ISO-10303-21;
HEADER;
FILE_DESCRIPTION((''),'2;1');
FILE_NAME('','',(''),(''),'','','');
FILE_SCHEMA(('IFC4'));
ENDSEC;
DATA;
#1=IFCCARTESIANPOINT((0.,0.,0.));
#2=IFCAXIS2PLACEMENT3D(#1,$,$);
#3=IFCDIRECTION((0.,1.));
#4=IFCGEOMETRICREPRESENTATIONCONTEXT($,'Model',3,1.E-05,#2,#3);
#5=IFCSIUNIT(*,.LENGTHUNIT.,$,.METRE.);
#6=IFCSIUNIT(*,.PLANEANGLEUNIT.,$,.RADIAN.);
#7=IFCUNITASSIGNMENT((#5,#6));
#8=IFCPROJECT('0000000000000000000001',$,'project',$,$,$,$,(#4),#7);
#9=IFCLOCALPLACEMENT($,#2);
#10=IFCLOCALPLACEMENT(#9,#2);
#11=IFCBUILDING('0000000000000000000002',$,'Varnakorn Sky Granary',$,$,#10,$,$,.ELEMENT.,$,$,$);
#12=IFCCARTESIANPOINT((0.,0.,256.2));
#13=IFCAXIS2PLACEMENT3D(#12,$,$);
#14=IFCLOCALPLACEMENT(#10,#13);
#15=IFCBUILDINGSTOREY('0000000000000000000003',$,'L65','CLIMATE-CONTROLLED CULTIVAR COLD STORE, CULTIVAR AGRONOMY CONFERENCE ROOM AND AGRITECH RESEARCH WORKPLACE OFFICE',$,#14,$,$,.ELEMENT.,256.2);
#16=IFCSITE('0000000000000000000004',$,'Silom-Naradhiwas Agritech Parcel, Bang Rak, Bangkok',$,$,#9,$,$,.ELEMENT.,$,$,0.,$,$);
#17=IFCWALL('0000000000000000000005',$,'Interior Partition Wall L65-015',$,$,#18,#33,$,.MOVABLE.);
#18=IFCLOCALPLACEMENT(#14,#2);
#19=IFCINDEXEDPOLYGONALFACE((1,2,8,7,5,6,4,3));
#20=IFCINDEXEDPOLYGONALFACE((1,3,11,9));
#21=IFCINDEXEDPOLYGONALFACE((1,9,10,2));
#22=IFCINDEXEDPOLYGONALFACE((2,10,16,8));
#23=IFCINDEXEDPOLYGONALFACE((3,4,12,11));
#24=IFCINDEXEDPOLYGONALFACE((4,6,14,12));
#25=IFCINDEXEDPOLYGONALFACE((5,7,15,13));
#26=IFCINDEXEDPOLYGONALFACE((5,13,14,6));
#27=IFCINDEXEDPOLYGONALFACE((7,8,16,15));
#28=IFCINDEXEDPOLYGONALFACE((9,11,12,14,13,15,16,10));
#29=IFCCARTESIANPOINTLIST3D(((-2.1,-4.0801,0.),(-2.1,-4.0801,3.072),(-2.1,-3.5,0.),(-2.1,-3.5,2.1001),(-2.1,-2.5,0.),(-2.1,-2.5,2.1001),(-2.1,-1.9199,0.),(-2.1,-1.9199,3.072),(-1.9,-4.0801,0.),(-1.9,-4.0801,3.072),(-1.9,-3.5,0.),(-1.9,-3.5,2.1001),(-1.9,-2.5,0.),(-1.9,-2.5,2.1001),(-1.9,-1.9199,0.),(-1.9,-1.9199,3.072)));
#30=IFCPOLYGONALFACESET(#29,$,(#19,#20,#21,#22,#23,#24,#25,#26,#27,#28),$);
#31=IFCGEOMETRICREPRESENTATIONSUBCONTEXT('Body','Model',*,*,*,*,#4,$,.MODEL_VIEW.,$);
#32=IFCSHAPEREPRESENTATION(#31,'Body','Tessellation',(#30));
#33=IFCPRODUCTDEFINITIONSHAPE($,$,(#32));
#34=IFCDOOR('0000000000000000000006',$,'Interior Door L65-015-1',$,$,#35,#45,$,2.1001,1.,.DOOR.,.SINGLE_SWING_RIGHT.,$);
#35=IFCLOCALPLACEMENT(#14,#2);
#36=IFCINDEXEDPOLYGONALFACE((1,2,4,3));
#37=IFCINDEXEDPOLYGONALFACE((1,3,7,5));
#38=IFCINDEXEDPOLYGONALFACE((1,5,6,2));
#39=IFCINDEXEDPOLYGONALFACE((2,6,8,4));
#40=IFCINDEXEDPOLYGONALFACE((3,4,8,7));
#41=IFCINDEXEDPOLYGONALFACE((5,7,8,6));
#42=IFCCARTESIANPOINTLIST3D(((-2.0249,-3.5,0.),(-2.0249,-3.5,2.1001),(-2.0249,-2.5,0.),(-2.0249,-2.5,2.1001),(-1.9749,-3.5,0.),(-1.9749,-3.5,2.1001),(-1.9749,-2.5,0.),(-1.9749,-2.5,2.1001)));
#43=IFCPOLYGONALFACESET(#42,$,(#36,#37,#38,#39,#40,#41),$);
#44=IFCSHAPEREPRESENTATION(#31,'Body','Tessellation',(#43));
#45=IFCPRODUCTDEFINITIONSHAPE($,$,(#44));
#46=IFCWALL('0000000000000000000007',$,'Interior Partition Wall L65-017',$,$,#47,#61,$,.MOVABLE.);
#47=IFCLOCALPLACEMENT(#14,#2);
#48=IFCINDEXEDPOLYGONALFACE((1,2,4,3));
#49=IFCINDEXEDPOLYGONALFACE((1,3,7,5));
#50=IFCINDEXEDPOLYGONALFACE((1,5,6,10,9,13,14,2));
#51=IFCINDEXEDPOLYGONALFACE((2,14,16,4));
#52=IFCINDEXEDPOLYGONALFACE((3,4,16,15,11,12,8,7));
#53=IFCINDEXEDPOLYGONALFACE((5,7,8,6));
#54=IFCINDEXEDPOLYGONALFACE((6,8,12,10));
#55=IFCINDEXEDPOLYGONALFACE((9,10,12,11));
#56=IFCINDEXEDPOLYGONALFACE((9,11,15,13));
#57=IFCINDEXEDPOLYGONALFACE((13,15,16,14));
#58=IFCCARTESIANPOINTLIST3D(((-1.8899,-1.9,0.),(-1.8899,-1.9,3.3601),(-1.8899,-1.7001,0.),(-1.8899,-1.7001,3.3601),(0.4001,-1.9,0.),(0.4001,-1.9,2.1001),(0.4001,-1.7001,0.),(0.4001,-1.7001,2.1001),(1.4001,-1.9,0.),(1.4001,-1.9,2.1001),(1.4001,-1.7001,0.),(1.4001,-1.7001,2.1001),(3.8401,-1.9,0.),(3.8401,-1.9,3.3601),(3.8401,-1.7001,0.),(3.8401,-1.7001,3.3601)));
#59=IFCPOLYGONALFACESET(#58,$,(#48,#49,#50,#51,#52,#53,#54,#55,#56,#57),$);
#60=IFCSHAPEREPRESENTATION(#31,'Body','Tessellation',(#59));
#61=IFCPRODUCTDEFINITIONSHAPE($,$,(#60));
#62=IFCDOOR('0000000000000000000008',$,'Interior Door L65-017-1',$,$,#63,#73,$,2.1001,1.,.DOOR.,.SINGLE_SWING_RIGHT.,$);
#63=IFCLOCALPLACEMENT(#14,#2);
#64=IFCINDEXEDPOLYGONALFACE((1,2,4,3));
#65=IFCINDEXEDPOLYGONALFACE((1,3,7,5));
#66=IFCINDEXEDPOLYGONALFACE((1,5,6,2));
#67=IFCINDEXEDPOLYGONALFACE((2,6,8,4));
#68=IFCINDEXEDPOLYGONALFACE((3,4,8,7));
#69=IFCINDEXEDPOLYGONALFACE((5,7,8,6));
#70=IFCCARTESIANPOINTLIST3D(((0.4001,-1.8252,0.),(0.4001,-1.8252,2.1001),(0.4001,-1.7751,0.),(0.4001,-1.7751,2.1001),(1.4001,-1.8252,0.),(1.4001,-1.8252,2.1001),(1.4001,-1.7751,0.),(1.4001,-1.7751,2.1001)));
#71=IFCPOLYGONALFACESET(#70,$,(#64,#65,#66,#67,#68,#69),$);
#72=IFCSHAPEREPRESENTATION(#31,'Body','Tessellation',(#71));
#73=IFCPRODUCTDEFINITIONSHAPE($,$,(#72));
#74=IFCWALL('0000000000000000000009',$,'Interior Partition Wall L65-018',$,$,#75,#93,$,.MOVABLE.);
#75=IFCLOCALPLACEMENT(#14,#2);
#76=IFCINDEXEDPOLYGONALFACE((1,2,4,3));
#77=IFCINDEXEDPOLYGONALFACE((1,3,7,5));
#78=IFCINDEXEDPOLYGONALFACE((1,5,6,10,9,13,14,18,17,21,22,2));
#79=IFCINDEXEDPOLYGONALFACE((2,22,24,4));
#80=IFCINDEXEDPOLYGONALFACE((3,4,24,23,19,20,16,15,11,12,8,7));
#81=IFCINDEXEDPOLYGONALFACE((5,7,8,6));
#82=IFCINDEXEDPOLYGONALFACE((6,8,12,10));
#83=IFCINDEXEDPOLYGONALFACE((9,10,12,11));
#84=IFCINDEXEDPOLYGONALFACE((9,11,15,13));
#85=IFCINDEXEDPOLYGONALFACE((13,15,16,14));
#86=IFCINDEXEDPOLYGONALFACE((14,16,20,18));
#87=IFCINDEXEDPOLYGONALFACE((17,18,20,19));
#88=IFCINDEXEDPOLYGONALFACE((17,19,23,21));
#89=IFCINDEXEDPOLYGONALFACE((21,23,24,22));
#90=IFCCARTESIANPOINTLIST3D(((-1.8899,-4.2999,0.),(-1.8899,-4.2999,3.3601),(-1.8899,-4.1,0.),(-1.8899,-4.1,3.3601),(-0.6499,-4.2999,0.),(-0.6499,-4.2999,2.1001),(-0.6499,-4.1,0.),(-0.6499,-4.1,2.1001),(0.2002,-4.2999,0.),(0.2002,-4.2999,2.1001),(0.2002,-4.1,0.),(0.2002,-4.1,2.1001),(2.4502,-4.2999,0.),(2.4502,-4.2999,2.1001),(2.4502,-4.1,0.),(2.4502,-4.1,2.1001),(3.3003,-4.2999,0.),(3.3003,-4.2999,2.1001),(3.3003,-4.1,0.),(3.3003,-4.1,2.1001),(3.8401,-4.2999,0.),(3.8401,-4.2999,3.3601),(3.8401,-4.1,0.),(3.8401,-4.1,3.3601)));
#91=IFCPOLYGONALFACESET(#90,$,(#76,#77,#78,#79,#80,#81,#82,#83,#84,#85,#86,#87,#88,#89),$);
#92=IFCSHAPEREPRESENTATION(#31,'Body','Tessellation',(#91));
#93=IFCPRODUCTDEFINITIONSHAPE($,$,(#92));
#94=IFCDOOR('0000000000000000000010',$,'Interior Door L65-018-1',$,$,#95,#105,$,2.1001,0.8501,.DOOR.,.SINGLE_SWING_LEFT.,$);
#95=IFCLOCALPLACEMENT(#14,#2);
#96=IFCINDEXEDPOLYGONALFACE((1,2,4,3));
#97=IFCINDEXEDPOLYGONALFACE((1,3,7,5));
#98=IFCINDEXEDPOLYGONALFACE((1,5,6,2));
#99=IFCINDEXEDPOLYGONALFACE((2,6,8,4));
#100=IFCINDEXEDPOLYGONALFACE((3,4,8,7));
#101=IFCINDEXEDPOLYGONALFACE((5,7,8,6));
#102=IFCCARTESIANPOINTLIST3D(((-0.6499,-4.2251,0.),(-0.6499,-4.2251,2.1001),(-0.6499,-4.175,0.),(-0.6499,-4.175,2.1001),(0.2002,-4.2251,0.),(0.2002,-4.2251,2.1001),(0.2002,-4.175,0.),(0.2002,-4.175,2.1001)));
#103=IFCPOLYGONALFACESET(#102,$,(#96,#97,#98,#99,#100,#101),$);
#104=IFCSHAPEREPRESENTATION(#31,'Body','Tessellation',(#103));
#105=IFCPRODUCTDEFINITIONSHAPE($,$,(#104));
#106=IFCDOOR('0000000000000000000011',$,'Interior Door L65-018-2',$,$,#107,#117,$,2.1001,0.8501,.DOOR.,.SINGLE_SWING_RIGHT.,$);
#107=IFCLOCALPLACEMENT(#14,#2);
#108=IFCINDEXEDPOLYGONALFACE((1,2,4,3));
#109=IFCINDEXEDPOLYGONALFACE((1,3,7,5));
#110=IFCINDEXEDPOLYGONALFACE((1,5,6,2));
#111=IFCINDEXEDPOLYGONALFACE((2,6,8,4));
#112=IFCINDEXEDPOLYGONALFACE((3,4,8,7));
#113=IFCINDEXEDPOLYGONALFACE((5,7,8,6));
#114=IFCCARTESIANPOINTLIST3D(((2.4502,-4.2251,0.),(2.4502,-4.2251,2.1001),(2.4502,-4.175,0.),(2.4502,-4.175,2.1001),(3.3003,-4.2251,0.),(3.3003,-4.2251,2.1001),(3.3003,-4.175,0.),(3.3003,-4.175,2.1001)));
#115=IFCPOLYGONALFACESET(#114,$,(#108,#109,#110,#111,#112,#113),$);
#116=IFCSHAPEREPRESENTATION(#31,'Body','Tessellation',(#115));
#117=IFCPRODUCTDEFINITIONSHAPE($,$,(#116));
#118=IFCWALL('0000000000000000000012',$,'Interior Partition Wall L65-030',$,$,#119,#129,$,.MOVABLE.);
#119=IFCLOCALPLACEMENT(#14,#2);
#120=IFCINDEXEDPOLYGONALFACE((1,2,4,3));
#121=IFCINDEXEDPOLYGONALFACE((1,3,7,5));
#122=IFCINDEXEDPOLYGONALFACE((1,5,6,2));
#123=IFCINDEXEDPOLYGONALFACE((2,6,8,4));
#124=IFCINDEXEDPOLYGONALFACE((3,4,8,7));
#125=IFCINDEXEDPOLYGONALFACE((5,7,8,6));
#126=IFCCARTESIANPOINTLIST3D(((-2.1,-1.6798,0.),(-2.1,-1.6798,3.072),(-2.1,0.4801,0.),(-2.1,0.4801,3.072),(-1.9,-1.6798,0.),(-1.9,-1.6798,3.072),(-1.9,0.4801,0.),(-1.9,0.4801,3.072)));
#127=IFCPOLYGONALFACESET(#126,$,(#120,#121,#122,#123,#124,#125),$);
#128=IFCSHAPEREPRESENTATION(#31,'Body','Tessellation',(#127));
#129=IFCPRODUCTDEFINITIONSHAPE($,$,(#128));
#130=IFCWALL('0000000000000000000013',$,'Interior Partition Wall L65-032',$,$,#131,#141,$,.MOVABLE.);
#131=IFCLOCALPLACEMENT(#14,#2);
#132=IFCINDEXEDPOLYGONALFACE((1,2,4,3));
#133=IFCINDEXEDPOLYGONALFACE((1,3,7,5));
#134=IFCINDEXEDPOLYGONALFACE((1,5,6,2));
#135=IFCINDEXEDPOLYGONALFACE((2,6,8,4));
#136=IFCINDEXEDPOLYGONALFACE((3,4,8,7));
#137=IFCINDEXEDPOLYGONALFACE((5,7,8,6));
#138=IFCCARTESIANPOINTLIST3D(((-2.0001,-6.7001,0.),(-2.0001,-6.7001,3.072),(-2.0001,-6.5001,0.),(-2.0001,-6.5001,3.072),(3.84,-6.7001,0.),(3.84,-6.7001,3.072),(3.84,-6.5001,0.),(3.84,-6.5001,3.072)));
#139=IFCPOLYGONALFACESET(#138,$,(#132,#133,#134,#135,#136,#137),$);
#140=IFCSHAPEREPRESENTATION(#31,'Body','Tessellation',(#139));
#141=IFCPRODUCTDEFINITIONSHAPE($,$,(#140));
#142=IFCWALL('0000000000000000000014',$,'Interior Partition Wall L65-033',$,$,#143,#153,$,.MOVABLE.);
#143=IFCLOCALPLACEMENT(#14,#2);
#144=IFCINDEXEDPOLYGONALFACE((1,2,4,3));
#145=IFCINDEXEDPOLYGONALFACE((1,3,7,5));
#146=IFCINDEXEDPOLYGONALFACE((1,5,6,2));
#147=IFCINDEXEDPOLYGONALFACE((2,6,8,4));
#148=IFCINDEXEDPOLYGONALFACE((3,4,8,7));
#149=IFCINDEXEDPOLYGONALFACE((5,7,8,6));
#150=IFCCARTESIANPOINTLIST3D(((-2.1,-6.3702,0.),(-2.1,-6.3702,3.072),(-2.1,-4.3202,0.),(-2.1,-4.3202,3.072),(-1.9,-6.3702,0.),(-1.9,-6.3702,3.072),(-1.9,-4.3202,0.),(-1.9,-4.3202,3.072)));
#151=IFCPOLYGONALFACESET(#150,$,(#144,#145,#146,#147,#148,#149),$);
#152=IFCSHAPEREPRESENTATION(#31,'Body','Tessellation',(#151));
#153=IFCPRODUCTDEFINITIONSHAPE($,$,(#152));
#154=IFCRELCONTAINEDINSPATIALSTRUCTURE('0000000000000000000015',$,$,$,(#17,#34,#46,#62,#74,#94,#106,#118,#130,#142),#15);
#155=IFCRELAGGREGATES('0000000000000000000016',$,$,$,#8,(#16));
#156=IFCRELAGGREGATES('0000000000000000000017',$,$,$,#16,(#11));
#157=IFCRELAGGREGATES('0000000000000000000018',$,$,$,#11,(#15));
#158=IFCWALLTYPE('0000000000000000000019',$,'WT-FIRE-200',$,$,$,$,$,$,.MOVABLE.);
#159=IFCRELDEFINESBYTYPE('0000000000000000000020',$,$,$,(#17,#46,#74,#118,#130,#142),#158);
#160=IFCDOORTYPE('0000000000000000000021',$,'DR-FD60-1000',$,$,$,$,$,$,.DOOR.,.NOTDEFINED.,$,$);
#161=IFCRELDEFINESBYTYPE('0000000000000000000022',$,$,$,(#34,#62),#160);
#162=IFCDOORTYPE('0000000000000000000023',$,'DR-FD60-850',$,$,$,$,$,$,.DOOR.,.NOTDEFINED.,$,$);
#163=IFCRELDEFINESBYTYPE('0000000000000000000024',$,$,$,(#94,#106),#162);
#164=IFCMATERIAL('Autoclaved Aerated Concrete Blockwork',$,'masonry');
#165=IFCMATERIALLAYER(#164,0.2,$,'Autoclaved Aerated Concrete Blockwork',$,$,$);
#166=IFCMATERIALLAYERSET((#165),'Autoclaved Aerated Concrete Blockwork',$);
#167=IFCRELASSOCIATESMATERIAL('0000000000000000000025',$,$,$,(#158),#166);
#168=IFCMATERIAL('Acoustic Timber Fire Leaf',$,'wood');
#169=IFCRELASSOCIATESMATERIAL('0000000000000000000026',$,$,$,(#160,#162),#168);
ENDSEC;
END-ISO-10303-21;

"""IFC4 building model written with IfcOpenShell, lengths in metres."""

from ifc_helpers import new_model, si_unit, direction, frame, frame_2d, origin, place, context, subcontext, project, spatial, rectangle, extrude, material, layer, layer_set, type_object, element, fill, save


model = new_model("IFC4")

# Units and contexts
model_context = context("Model", 3, precision=1e-05, world=origin(), true_north=direction((0.0, 1.0)))
body_context = subcontext(model_context, "Body", "Model", "MODEL_VIEW")
ifc_project = project(units=[si_unit("LENGTHUNIT", "METRE"), si_unit("PLANEANGLEUNIT", "RADIAN")], contexts=[model_context])

# Site, building, storey
site_placement = place(None, origin())
site = spatial("IfcSite", under=ifc_project, at=site_placement, Name="Silom-Naradhiwas Agritech Parcel, Bang Rak, Bangkok", CompositionType="ELEMENT", RefElevation=0.0)
building_placement = place(site_placement, origin())
building = spatial("IfcBuilding", under=site, at=building_placement, Name="Varnakorn Sky Granary", CompositionType="ELEMENT")
storey_placement = place(building_placement, frame((0.0, 0.0, 256.2)))
storey = spatial("IfcBuildingStorey", under=building, at=storey_placement, Name="L65", Description="CLIMATE-CONTROLLED CULTIVAR COLD STORE, CULTIVAR AGRONOMY CONFERENCE ROOM AND AGRITECH RESEARCH WORKPLACE OFFICE", CompositionType="ELEMENT", Elevation=256.2)

# Walls, openings, doors
ifc_material_1 = material(Name="Autoclaved Aerated Concrete Blockwork", Category="masonry")
ifc_layer_1 = layer(ifc_material_1, 0.2, Name="Autoclaved Aerated Concrete Blockwork")
ifc_layer_set_1 = layer_set([ifc_layer_1], Name="Autoclaved Aerated Concrete Blockwork")
wall_type_1 = type_object("IfcWallType", Name="WT-FIRE-200", PredefinedType="MOVABLE", material=ifc_layer_set_1)
wall_1_placement = place(storey_placement, frame((-2.0, -4.0801, 0.0), z_axis=(0.0, 0.0, 1.0), x_axis=(0.0, 1.0, 0.0)))
wall_1 = element("IfcWall", 1, at=wall_1_placement, inside=storey, type_object=wall_type_1, Name="Interior Partition Wall L65-015", PredefinedType="MOVABLE", context=body_context, shape_type="SweptSolid", body=[
    extrude(rectangle(XDim=2.1602, YDim=0.2, at=frame_2d((1.0801, 0.0))), origin(), (0.0, 0.0, 1.0), 3.072),
])
opening_1_placement = place(wall_1_placement, frame((0.5801, 0.0, 0.0)))
opening_1 = element("IfcOpeningElement", 2, at=opening_1_placement, cuts=wall_1, PredefinedType="OPENING", context=body_context, shape_type="SweptSolid", body=[
    extrude(rectangle(XDim=1.0, YDim=2.1001, at=frame_2d((0.5, 1.05))), frame((0.0, 0.1099, 0.0), z_axis=(0.0, -1.0, 0.0), x_axis=(1.0, 0.0, 0.0)), (0.0, 0.0, 1.0), 0.22),
])
ifc_material_2 = material(Name="Acoustic Timber Fire Leaf", Category="wood")
door_type_1 = type_object("IfcDoorType", Name="DR-FD60-1000", OperationType="NOTDEFINED", PredefinedType="DOOR", material=ifc_material_2)
door_1_placement = place(opening_1_placement, origin())
door_1 = element("IfcDoor", 3, at=door_1_placement, inside=storey, type_object=door_type_1, Name="Interior Door L65-015-1", OperationType="SINGLE_SWING_RIGHT", OverallHeight=2.1001, OverallWidth=1.0, PredefinedType="DOOR", context=body_context, shape_type="SweptSolid", body=[
    extrude(rectangle(XDim=1.0, YDim=2.1001, at=frame_2d((0.5, 1.05))), frame((0.0, 0.0249, 0.0), z_axis=(0.0, -1.0, 0.0), x_axis=(1.0, 0.0, 0.0)), (0.0, 0.0, 1.0), 0.05),
])
fill(opening_1, door_1)
wall_2_placement = place(storey_placement, frame((-1.8899, -1.8, 0.0), z_axis=(0.0, 0.0, 1.0), x_axis=(1.0, 0.0, 0.0)))
wall_2 = element("IfcWall", 4, at=wall_2_placement, inside=storey, type_object=wall_type_1, Name="Interior Partition Wall L65-017", PredefinedType="MOVABLE", context=body_context, shape_type="SweptSolid", body=[
    extrude(rectangle(XDim=5.73, YDim=0.2, at=frame_2d((2.865, 0.0))), origin(), (0.0, 0.0, 1.0), 3.3601),
])
opening_2_placement = place(wall_2_placement, frame((2.29, 0.0, 0.0)))
opening_2 = element("IfcOpeningElement", 5, at=opening_2_placement, cuts=wall_2, PredefinedType="OPENING", context=body_context, shape_type="SweptSolid", body=[
    extrude(rectangle(XDim=1.0, YDim=2.1001, at=frame_2d((0.5, 1.05))), frame((0.0, 0.1099, 0.0), z_axis=(0.0, -1.0, 0.0), x_axis=(1.0, 0.0, 0.0)), (0.0, 0.0, 1.0), 0.22),
])
door_2_placement = place(opening_2_placement, origin())
door_2 = element("IfcDoor", 6, at=door_2_placement, inside=storey, type_object=door_type_1, Name="Interior Door L65-017-1", OperationType="SINGLE_SWING_RIGHT", OverallHeight=2.1001, OverallWidth=1.0, PredefinedType="DOOR", context=body_context, shape_type="SweptSolid", body=[
    extrude(rectangle(XDim=1.0, YDim=2.1001, at=frame_2d((0.5, 1.05))), frame((0.0, 0.0249, 0.0), z_axis=(0.0, -1.0, 0.0), x_axis=(1.0, 0.0, 0.0)), (0.0, 0.0, 1.0), 0.05),
])
fill(opening_2, door_2)

# Wall, openings, doors
wall_3_placement = place(storey_placement, frame((-1.8899, -4.2, 0.0), z_axis=(0.0, 0.0, 1.0), x_axis=(1.0, 0.0, 0.0)))
wall_3 = element("IfcWall", 7, at=wall_3_placement, inside=storey, type_object=wall_type_1, Name="Interior Partition Wall L65-018", PredefinedType="MOVABLE", context=body_context, shape_type="SweptSolid", body=[
    extrude(rectangle(XDim=5.73, YDim=0.2, at=frame_2d((2.865, 0.0))), origin(), (0.0, 0.0, 1.0), 3.3601),
])
opening_3_placement = place(wall_3_placement, frame((1.24, 0.0, 0.0)))
opening_3 = element("IfcOpeningElement", 8, at=opening_3_placement, cuts=wall_3, PredefinedType="OPENING", context=body_context, shape_type="SweptSolid", body=[
    extrude(rectangle(XDim=0.8501, YDim=2.1001, at=frame_2d((0.425, 1.05))), frame((0.0, 0.1099, 0.0), z_axis=(0.0, -1.0, 0.0), x_axis=(1.0, 0.0, 0.0)), (0.0, 0.0, 1.0), 0.22),
])
opening_4_placement = place(wall_3_placement, frame((4.3401, 0.0, 0.0)))
opening_4 = element("IfcOpeningElement", 9, at=opening_4_placement, cuts=wall_3, PredefinedType="OPENING", context=body_context, shape_type="SweptSolid", body=[
    extrude(rectangle(XDim=0.8501, YDim=2.1001, at=frame_2d((0.425, 1.05))), frame((0.0, 0.1099, 0.0), z_axis=(0.0, -1.0, 0.0), x_axis=(1.0, 0.0, 0.0)), (0.0, 0.0, 1.0), 0.22),
])
door_type_2 = type_object("IfcDoorType", Name="DR-FD60-850", OperationType="NOTDEFINED", PredefinedType="DOOR", material=ifc_material_2)
door_3_placement = place(opening_3_placement, origin())
door_3 = element("IfcDoor", 10, at=door_3_placement, inside=storey, type_object=door_type_2, Name="Interior Door L65-018-1", OperationType="SINGLE_SWING_LEFT", OverallHeight=2.1001, OverallWidth=0.8501, PredefinedType="DOOR", context=body_context, shape_type="SweptSolid", body=[
    extrude(rectangle(XDim=0.8501, YDim=2.1001, at=frame_2d((0.425, 1.05))), frame((0.0, 0.0249, 0.0), z_axis=(0.0, -1.0, 0.0), x_axis=(1.0, 0.0, 0.0)), (0.0, 0.0, 1.0), 0.05),
])
fill(opening_3, door_3)
door_4_placement = place(opening_4_placement, origin())
door_4 = element("IfcDoor", 11, at=door_4_placement, inside=storey, type_object=door_type_2, Name="Interior Door L65-018-2", OperationType="SINGLE_SWING_RIGHT", OverallHeight=2.1001, OverallWidth=0.8501, PredefinedType="DOOR", context=body_context, shape_type="SweptSolid", body=[
    extrude(rectangle(XDim=0.8501, YDim=2.1001, at=frame_2d((0.425, 1.05))), frame((0.0, 0.0249, 0.0), z_axis=(0.0, -1.0, 0.0), x_axis=(1.0, 0.0, 0.0)), (0.0, 0.0, 1.0), 0.05),
])
fill(opening_4, door_4)

# Walls
wall_4_placement = place(storey_placement, frame((-2.0, -1.6799, 0.0), z_axis=(0.0, 0.0, 1.0), x_axis=(0.0, 1.0, 0.0)))
element("IfcWall", 12, at=wall_4_placement, inside=storey, type_object=wall_type_1, Name="Interior Partition Wall L65-030", PredefinedType="MOVABLE", context=body_context, shape_type="SweptSolid", body=[
    extrude(rectangle(XDim=2.1599, YDim=0.2, at=frame_2d((1.0801, 0.0))), origin(), (0.0, 0.0, 1.0), 3.072),
])
wall_5_placement = place(storey_placement, frame((-2.0, -6.6001, 0.0), z_axis=(0.0, 0.0, 1.0), x_axis=(1.0, 0.0, 0.0)))
element("IfcWall", 13, at=wall_5_placement, inside=storey, type_object=wall_type_1, Name="Interior Partition Wall L65-032", PredefinedType="MOVABLE", context=body_context, shape_type="SweptSolid", body=[
    extrude(rectangle(XDim=5.8401, YDim=0.2, at=frame_2d((2.9199, 0.0))), origin(), (0.0, 0.0, 1.0), 3.072),
])
wall_6_placement = place(storey_placement, frame((-2.0, -6.3701, 0.0), z_axis=(0.0, 0.0, 1.0), x_axis=(0.0, 1.0, 0.0)))
element("IfcWall", 14, at=wall_6_placement, inside=storey, type_object=wall_type_1, Name="Interior Partition Wall L65-033", PredefinedType="MOVABLE", context=body_context, shape_type="SweptSolid", body=[
    extrude(rectangle(XDim=2.05, YDim=0.2, at=frame_2d((1.0249, 0.0))), origin(), (0.0, 0.0, 1.0), 3.072),
])

save(model, "model.ifc")
